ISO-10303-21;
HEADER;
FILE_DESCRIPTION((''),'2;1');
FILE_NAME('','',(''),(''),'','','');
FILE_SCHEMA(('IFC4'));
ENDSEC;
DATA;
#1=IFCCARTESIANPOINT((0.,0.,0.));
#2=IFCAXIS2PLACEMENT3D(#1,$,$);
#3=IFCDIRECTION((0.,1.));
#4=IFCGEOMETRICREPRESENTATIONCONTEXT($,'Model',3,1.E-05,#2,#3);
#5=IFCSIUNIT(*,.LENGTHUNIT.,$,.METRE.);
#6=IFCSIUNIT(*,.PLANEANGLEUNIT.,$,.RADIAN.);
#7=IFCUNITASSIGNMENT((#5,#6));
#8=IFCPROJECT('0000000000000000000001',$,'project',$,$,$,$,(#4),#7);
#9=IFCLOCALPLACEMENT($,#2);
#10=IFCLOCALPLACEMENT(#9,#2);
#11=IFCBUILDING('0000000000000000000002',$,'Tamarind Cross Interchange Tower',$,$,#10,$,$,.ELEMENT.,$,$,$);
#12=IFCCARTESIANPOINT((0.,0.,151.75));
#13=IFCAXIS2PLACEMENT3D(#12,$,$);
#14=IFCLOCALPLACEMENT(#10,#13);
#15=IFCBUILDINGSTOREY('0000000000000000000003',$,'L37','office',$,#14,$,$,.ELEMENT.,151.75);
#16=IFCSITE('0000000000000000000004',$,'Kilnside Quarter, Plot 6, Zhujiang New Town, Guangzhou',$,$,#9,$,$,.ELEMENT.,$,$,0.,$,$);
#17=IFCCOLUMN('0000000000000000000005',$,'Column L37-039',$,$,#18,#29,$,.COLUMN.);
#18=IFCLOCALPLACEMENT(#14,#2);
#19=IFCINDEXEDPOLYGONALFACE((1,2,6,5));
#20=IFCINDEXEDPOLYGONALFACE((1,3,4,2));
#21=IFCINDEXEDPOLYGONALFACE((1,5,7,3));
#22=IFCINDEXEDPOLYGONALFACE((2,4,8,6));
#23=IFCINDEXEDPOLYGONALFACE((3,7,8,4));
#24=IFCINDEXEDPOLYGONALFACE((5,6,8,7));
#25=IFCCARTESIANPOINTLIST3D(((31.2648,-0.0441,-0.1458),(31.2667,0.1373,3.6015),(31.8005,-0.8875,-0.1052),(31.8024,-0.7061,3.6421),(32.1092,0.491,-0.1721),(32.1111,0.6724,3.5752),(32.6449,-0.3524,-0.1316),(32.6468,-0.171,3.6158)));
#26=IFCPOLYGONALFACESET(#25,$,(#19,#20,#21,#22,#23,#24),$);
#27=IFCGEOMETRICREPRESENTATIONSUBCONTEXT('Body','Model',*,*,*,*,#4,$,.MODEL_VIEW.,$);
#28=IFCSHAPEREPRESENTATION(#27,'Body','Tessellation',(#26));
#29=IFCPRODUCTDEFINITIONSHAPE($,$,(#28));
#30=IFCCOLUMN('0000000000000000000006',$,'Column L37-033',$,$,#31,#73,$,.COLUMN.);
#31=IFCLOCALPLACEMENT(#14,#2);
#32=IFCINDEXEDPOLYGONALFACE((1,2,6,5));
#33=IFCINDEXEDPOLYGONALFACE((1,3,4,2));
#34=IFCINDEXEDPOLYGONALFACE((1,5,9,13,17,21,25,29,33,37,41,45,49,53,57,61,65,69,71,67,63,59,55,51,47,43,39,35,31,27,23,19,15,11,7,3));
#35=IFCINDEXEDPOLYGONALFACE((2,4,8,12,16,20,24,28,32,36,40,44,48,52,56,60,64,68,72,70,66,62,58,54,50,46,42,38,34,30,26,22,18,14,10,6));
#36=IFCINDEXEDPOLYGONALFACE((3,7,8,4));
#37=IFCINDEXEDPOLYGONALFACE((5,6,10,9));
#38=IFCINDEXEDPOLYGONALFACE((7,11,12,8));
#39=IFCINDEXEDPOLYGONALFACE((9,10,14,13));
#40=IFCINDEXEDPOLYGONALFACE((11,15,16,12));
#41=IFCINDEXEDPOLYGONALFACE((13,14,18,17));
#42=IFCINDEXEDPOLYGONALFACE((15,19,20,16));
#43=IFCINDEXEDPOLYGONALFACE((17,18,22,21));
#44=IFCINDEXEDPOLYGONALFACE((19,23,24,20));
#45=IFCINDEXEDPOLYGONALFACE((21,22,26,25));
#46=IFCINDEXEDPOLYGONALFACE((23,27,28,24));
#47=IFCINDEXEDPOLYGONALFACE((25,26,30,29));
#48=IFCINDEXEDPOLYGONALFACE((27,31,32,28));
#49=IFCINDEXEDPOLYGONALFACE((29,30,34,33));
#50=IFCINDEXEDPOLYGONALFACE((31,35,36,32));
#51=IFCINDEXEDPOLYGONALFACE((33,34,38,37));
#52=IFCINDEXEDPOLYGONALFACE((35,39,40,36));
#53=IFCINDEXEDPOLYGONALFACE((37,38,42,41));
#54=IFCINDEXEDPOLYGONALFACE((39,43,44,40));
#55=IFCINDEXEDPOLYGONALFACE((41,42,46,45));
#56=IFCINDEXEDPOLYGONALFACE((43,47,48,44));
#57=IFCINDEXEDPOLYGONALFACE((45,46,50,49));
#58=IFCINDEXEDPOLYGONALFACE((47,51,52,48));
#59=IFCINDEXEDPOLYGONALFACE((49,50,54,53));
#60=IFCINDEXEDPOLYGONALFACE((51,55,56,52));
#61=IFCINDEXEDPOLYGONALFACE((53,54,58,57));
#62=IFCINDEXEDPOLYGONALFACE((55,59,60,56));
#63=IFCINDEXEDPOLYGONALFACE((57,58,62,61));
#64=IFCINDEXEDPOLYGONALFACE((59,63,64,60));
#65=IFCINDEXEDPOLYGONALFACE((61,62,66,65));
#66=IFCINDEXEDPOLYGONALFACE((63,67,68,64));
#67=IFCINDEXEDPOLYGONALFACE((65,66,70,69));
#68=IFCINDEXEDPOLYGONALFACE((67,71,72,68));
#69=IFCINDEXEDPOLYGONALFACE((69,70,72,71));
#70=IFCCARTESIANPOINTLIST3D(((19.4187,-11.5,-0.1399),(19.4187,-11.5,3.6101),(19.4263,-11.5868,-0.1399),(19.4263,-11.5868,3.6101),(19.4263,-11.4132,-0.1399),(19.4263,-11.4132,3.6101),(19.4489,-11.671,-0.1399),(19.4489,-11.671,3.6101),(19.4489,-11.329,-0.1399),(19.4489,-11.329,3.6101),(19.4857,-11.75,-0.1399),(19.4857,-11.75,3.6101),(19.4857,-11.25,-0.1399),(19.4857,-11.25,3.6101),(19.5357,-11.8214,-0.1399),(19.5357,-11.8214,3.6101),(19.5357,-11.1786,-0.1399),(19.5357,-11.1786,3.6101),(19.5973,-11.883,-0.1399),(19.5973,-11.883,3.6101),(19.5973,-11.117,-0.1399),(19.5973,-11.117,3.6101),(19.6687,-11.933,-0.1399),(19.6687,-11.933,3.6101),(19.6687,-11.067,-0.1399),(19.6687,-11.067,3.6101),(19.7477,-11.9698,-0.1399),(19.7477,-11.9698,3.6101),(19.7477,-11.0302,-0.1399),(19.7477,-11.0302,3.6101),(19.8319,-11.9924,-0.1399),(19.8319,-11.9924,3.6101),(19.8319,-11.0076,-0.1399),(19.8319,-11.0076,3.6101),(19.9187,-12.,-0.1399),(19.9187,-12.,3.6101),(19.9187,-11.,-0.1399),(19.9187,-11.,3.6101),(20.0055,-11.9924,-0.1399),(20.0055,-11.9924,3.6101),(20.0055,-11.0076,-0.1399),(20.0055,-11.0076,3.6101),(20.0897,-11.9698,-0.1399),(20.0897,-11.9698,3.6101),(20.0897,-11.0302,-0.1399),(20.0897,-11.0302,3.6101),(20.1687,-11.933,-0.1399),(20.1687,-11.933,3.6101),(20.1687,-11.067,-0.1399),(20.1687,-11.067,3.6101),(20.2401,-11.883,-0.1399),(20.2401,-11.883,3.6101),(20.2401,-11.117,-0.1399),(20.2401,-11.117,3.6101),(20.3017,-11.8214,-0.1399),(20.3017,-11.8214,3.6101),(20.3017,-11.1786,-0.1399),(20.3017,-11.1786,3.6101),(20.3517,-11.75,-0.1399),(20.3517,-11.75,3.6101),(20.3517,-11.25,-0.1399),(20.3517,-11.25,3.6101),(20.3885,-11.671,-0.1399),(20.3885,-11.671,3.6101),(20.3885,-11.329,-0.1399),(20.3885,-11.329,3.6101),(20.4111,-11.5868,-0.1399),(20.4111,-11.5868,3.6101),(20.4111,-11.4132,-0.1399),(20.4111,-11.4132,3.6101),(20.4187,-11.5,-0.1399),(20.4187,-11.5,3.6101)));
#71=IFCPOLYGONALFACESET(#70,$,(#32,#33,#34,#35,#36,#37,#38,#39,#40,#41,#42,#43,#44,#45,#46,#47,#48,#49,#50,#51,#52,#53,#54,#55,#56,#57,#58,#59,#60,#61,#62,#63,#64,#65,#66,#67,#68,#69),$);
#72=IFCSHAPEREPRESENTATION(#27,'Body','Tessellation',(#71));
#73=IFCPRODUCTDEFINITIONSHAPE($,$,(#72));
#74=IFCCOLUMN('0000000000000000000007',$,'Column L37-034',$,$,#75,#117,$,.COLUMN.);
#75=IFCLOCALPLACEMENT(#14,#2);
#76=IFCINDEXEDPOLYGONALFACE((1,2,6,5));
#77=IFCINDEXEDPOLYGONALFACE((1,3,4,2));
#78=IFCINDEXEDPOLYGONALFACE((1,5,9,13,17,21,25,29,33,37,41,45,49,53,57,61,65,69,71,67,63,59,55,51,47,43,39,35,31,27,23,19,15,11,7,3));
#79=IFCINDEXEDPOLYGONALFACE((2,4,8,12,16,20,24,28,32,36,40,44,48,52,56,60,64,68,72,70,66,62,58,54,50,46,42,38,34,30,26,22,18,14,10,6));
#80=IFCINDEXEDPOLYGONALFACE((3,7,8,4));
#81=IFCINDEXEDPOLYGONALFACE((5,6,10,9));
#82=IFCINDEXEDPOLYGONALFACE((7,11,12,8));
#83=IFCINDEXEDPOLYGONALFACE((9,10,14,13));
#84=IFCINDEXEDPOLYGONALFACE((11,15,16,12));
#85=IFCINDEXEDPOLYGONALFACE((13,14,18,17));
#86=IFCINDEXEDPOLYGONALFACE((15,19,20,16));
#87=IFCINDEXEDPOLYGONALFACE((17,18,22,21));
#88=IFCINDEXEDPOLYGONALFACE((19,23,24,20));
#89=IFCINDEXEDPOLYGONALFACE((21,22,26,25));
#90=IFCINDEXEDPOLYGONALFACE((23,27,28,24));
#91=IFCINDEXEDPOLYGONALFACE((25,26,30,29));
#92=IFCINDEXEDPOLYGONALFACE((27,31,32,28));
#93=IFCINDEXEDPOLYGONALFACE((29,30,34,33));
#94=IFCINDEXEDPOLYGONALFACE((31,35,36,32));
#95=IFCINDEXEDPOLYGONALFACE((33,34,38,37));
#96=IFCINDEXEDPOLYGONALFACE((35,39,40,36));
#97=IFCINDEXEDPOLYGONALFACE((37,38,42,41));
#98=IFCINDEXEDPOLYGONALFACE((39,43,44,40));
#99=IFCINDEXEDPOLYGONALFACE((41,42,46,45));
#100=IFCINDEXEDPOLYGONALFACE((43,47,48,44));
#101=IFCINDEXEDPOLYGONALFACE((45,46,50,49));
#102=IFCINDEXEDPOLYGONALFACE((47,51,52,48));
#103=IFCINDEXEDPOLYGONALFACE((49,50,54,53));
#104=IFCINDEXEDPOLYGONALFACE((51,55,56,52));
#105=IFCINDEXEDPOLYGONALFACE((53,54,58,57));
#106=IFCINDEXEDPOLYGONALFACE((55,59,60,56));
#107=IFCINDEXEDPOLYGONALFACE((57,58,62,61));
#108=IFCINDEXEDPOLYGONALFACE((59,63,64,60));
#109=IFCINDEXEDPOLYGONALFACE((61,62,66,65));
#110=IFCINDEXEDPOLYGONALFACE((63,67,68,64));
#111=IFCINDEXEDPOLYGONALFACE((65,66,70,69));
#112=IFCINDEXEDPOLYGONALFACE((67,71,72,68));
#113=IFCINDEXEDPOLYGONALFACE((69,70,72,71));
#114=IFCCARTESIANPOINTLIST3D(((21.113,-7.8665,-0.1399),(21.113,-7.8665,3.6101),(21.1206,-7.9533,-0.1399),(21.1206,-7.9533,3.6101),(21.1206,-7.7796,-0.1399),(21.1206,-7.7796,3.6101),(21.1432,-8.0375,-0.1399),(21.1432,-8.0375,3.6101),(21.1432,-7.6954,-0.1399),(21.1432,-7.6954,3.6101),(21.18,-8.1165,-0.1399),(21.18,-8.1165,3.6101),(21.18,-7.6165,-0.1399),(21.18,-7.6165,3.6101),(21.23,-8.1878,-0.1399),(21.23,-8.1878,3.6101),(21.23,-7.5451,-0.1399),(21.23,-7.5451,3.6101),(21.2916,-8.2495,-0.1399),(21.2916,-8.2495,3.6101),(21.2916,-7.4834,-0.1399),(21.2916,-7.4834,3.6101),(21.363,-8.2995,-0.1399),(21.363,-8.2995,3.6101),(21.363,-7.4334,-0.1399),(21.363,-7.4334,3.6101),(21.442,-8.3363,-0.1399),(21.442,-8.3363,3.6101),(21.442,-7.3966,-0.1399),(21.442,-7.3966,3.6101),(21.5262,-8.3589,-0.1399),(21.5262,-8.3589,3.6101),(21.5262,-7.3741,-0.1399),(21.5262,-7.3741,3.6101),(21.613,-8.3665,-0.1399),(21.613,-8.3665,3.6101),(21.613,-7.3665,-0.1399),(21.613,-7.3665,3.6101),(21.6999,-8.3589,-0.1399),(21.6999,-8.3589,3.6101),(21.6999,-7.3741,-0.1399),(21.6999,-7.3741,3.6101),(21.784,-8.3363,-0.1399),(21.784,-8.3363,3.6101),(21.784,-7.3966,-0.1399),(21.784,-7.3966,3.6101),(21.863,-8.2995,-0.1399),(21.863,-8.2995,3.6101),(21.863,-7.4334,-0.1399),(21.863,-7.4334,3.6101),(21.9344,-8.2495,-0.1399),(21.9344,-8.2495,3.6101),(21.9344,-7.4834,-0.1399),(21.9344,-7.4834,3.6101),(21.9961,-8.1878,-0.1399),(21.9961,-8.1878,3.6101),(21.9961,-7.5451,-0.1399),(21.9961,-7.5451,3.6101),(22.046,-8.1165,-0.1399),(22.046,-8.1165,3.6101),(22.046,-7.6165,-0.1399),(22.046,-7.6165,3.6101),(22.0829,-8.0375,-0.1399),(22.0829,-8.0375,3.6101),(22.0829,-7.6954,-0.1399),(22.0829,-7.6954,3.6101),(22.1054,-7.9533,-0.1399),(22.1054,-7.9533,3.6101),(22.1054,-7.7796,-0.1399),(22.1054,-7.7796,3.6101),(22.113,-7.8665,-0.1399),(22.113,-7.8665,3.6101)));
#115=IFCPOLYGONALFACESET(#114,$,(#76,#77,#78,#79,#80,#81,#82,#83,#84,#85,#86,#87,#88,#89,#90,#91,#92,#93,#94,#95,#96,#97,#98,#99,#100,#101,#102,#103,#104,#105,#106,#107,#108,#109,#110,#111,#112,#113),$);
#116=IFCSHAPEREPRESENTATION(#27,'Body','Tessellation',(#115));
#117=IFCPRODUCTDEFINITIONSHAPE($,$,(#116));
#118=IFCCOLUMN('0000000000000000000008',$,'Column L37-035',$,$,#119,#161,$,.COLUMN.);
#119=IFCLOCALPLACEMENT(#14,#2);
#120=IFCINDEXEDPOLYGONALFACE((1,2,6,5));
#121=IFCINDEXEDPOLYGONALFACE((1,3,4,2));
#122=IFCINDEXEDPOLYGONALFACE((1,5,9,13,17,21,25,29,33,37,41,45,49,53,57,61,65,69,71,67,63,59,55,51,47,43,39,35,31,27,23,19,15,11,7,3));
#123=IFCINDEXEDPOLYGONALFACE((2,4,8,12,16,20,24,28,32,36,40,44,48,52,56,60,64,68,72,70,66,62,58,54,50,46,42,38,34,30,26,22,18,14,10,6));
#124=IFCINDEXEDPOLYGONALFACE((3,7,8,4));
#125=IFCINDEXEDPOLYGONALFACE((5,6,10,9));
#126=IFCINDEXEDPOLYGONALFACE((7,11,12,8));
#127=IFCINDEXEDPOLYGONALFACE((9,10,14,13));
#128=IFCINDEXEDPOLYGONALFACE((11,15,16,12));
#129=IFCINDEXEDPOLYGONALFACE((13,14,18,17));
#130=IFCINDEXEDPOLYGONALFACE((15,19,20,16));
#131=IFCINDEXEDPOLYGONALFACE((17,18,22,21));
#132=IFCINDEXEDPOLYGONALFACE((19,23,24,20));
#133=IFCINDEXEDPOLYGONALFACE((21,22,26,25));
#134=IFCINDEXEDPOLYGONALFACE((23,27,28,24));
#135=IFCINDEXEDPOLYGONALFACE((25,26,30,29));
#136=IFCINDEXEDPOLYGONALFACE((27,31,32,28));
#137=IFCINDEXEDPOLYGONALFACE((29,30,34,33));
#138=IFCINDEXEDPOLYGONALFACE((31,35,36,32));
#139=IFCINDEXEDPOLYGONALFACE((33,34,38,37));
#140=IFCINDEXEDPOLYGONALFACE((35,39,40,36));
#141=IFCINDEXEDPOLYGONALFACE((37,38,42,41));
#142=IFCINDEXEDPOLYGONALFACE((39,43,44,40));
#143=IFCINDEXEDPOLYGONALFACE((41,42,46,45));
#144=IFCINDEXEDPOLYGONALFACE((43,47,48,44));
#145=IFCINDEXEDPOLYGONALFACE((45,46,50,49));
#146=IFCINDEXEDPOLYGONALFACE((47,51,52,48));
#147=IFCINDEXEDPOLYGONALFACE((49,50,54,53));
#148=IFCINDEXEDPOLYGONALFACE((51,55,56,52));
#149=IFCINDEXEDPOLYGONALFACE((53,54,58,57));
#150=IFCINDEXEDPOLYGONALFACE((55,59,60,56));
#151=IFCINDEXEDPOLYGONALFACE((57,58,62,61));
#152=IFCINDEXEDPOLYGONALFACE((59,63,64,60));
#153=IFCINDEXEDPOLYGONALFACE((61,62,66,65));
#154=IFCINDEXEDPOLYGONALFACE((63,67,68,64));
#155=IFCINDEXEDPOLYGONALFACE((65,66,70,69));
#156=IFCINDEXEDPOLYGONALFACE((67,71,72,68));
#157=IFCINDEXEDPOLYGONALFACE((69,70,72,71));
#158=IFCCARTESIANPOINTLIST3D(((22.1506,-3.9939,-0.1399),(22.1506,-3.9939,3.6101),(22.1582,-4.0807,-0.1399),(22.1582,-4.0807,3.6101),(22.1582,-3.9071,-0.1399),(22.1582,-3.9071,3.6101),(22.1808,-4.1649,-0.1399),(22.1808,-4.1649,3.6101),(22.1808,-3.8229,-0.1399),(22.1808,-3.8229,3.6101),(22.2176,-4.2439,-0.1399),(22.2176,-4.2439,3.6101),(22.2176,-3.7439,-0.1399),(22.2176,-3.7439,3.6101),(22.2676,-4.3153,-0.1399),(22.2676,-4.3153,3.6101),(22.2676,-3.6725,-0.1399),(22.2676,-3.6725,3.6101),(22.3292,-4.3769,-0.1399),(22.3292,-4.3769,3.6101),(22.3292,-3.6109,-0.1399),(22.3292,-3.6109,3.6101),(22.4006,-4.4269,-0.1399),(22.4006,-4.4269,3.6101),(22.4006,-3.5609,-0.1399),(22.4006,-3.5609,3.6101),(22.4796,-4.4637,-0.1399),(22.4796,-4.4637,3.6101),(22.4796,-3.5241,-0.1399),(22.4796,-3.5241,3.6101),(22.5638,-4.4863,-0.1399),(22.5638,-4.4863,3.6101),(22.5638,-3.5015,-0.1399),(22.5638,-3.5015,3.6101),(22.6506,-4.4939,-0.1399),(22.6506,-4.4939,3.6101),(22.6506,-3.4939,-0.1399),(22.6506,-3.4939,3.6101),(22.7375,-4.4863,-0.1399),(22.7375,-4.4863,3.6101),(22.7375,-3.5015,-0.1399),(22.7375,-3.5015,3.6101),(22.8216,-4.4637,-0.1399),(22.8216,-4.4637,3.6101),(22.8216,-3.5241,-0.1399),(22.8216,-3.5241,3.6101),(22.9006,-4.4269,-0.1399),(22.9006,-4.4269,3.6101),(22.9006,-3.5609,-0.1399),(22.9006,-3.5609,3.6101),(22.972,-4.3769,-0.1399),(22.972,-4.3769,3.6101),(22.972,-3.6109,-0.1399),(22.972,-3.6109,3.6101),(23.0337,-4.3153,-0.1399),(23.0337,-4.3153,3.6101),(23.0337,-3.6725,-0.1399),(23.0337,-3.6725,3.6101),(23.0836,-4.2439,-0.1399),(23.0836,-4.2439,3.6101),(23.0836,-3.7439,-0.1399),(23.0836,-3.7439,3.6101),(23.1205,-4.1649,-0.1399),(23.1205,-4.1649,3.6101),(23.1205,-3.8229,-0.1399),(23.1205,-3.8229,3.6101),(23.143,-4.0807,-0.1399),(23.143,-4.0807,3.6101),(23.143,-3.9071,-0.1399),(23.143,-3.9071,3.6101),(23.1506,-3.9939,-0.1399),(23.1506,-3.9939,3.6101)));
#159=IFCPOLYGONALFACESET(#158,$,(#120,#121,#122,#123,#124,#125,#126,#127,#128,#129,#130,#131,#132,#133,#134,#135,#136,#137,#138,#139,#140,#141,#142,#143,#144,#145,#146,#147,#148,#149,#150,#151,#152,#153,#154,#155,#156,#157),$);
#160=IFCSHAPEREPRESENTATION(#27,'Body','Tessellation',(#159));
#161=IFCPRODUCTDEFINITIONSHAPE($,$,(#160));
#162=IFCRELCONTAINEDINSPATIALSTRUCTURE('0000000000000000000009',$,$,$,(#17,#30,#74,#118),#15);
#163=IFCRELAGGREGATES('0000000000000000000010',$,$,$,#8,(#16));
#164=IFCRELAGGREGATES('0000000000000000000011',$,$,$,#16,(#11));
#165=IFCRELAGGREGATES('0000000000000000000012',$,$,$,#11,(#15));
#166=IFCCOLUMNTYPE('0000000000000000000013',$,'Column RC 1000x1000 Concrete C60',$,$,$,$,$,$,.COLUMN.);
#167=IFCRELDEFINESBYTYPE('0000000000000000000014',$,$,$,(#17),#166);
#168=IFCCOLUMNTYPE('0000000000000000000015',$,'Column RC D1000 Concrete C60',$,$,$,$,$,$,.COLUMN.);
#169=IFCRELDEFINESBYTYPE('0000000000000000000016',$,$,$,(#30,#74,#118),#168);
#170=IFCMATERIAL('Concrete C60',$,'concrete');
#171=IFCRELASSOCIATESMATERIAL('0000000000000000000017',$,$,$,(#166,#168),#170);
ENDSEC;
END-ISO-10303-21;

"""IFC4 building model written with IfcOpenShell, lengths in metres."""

from ifc_helpers import new_model, si_unit, direction, frame, origin, origin_2d, place, context, subcontext, project, spatial, rectangle, circle, extrude, material, material_profile, profile_set, type_object, element, save


model = new_model("IFC4")

# Units and contexts
model_context = context("Model", 3, precision=1e-05, world=origin(), true_north=direction((0.0, 1.0)))
body_context = subcontext(model_context, "Body", "Model", "MODEL_VIEW")
ifc_project = project(units=[si_unit("LENGTHUNIT", "METRE"), si_unit("PLANEANGLEUNIT", "RADIAN")], contexts=[model_context])

# Site, building, storey
site_placement = place(None, origin())
site = spatial("IfcSite", under=ifc_project, at=site_placement, Name="Kilnside Quarter, Plot 6, Zhujiang New Town, Guangzhou", CompositionType="ELEMENT", RefElevation=0.0)
building_placement = place(site_placement, origin())
building = spatial("IfcBuilding", under=site, at=building_placement, Name="Tamarind Cross Interchange Tower", CompositionType="ELEMENT")
storey_placement = place(building_placement, frame((0.0, 0.0, 151.75)))
storey = spatial("IfcBuildingStorey", under=building, at=storey_placement, Name="L37", Description="office", CompositionType="ELEMENT", Elevation=151.75)

# Columns
ifc_material_1 = material(Name="Concrete C60", Category="concrete")
ifc_material_profile_1 = material_profile(ifc_material_1, rectangle(XDim=1.0, YDim=1.0, at=origin_2d()), Name="RC 1000x1000")
ifc_profile_set_1 = profile_set([ifc_material_profile_1], Name="Concrete C60")
column_type_1 = type_object("IfcColumnType", Name="Column RC 1000x1000 Concrete C60", PredefinedType="COLUMN", material=ifc_profile_set_1)
column_placement = place(storey_placement, frame((31.9548, -0.1982, -0.1387), z_axis=(0.000521, 0.04835, 0.99883), x_axis=(-0.844404, -0.53506, 0.026341)))
element("IfcColumn", 1, at=column_placement, inside=storey, type_object=column_type_1, Name="Column L37-039", PredefinedType="COLUMN", context=body_context, shape_type="SweptSolid", body=[
    extrude(rectangle(XDim=1.0, YDim=1.0, at=origin_2d()), origin(), (0.0, 0.0, 1.0), 3.7517),
])
ifc_material_profile_2 = material_profile(ifc_material_1, circle(Radius=0.5, at=origin_2d()), Name="RC D1000")
ifc_profile_set_2 = profile_set([ifc_material_profile_2], Name="Concrete C60")
column_type_2 = type_object("IfcColumnType", Name="Column RC D1000 Concrete C60", PredefinedType="COLUMN", material=ifc_profile_set_2)
for number, where, z_axis, x_axis, name in (
    (2, (19.9187, -11.5, -0.1399), (0.0, 0.0, 1.0), (1.0, 0.0, 0.0), "Column L37-033"),
    (3, (21.613, -7.8665, -0.1399), (0.0, 0.0, 1.0), (1.0, 0.0, 0.0), "Column L37-034"),
    (4, (22.6506, -3.9939, -0.1399), (0.0, 0.0, 1.0), (1.0, 0.0, 0.0), "Column L37-035"),
):
    element("IfcColumn", number, at=place(storey_placement, frame(where, z_axis=z_axis, x_axis=x_axis)), inside=storey, type_object=column_type_2, Name=name, PredefinedType="COLUMN", context=body_context, shape_type="SweptSolid", body=[
        extrude(circle(Radius=0.5, at=origin_2d()), origin(), (0.0, 0.0, 1.0), 3.75),
    ])

save(model, "model.ifc")
